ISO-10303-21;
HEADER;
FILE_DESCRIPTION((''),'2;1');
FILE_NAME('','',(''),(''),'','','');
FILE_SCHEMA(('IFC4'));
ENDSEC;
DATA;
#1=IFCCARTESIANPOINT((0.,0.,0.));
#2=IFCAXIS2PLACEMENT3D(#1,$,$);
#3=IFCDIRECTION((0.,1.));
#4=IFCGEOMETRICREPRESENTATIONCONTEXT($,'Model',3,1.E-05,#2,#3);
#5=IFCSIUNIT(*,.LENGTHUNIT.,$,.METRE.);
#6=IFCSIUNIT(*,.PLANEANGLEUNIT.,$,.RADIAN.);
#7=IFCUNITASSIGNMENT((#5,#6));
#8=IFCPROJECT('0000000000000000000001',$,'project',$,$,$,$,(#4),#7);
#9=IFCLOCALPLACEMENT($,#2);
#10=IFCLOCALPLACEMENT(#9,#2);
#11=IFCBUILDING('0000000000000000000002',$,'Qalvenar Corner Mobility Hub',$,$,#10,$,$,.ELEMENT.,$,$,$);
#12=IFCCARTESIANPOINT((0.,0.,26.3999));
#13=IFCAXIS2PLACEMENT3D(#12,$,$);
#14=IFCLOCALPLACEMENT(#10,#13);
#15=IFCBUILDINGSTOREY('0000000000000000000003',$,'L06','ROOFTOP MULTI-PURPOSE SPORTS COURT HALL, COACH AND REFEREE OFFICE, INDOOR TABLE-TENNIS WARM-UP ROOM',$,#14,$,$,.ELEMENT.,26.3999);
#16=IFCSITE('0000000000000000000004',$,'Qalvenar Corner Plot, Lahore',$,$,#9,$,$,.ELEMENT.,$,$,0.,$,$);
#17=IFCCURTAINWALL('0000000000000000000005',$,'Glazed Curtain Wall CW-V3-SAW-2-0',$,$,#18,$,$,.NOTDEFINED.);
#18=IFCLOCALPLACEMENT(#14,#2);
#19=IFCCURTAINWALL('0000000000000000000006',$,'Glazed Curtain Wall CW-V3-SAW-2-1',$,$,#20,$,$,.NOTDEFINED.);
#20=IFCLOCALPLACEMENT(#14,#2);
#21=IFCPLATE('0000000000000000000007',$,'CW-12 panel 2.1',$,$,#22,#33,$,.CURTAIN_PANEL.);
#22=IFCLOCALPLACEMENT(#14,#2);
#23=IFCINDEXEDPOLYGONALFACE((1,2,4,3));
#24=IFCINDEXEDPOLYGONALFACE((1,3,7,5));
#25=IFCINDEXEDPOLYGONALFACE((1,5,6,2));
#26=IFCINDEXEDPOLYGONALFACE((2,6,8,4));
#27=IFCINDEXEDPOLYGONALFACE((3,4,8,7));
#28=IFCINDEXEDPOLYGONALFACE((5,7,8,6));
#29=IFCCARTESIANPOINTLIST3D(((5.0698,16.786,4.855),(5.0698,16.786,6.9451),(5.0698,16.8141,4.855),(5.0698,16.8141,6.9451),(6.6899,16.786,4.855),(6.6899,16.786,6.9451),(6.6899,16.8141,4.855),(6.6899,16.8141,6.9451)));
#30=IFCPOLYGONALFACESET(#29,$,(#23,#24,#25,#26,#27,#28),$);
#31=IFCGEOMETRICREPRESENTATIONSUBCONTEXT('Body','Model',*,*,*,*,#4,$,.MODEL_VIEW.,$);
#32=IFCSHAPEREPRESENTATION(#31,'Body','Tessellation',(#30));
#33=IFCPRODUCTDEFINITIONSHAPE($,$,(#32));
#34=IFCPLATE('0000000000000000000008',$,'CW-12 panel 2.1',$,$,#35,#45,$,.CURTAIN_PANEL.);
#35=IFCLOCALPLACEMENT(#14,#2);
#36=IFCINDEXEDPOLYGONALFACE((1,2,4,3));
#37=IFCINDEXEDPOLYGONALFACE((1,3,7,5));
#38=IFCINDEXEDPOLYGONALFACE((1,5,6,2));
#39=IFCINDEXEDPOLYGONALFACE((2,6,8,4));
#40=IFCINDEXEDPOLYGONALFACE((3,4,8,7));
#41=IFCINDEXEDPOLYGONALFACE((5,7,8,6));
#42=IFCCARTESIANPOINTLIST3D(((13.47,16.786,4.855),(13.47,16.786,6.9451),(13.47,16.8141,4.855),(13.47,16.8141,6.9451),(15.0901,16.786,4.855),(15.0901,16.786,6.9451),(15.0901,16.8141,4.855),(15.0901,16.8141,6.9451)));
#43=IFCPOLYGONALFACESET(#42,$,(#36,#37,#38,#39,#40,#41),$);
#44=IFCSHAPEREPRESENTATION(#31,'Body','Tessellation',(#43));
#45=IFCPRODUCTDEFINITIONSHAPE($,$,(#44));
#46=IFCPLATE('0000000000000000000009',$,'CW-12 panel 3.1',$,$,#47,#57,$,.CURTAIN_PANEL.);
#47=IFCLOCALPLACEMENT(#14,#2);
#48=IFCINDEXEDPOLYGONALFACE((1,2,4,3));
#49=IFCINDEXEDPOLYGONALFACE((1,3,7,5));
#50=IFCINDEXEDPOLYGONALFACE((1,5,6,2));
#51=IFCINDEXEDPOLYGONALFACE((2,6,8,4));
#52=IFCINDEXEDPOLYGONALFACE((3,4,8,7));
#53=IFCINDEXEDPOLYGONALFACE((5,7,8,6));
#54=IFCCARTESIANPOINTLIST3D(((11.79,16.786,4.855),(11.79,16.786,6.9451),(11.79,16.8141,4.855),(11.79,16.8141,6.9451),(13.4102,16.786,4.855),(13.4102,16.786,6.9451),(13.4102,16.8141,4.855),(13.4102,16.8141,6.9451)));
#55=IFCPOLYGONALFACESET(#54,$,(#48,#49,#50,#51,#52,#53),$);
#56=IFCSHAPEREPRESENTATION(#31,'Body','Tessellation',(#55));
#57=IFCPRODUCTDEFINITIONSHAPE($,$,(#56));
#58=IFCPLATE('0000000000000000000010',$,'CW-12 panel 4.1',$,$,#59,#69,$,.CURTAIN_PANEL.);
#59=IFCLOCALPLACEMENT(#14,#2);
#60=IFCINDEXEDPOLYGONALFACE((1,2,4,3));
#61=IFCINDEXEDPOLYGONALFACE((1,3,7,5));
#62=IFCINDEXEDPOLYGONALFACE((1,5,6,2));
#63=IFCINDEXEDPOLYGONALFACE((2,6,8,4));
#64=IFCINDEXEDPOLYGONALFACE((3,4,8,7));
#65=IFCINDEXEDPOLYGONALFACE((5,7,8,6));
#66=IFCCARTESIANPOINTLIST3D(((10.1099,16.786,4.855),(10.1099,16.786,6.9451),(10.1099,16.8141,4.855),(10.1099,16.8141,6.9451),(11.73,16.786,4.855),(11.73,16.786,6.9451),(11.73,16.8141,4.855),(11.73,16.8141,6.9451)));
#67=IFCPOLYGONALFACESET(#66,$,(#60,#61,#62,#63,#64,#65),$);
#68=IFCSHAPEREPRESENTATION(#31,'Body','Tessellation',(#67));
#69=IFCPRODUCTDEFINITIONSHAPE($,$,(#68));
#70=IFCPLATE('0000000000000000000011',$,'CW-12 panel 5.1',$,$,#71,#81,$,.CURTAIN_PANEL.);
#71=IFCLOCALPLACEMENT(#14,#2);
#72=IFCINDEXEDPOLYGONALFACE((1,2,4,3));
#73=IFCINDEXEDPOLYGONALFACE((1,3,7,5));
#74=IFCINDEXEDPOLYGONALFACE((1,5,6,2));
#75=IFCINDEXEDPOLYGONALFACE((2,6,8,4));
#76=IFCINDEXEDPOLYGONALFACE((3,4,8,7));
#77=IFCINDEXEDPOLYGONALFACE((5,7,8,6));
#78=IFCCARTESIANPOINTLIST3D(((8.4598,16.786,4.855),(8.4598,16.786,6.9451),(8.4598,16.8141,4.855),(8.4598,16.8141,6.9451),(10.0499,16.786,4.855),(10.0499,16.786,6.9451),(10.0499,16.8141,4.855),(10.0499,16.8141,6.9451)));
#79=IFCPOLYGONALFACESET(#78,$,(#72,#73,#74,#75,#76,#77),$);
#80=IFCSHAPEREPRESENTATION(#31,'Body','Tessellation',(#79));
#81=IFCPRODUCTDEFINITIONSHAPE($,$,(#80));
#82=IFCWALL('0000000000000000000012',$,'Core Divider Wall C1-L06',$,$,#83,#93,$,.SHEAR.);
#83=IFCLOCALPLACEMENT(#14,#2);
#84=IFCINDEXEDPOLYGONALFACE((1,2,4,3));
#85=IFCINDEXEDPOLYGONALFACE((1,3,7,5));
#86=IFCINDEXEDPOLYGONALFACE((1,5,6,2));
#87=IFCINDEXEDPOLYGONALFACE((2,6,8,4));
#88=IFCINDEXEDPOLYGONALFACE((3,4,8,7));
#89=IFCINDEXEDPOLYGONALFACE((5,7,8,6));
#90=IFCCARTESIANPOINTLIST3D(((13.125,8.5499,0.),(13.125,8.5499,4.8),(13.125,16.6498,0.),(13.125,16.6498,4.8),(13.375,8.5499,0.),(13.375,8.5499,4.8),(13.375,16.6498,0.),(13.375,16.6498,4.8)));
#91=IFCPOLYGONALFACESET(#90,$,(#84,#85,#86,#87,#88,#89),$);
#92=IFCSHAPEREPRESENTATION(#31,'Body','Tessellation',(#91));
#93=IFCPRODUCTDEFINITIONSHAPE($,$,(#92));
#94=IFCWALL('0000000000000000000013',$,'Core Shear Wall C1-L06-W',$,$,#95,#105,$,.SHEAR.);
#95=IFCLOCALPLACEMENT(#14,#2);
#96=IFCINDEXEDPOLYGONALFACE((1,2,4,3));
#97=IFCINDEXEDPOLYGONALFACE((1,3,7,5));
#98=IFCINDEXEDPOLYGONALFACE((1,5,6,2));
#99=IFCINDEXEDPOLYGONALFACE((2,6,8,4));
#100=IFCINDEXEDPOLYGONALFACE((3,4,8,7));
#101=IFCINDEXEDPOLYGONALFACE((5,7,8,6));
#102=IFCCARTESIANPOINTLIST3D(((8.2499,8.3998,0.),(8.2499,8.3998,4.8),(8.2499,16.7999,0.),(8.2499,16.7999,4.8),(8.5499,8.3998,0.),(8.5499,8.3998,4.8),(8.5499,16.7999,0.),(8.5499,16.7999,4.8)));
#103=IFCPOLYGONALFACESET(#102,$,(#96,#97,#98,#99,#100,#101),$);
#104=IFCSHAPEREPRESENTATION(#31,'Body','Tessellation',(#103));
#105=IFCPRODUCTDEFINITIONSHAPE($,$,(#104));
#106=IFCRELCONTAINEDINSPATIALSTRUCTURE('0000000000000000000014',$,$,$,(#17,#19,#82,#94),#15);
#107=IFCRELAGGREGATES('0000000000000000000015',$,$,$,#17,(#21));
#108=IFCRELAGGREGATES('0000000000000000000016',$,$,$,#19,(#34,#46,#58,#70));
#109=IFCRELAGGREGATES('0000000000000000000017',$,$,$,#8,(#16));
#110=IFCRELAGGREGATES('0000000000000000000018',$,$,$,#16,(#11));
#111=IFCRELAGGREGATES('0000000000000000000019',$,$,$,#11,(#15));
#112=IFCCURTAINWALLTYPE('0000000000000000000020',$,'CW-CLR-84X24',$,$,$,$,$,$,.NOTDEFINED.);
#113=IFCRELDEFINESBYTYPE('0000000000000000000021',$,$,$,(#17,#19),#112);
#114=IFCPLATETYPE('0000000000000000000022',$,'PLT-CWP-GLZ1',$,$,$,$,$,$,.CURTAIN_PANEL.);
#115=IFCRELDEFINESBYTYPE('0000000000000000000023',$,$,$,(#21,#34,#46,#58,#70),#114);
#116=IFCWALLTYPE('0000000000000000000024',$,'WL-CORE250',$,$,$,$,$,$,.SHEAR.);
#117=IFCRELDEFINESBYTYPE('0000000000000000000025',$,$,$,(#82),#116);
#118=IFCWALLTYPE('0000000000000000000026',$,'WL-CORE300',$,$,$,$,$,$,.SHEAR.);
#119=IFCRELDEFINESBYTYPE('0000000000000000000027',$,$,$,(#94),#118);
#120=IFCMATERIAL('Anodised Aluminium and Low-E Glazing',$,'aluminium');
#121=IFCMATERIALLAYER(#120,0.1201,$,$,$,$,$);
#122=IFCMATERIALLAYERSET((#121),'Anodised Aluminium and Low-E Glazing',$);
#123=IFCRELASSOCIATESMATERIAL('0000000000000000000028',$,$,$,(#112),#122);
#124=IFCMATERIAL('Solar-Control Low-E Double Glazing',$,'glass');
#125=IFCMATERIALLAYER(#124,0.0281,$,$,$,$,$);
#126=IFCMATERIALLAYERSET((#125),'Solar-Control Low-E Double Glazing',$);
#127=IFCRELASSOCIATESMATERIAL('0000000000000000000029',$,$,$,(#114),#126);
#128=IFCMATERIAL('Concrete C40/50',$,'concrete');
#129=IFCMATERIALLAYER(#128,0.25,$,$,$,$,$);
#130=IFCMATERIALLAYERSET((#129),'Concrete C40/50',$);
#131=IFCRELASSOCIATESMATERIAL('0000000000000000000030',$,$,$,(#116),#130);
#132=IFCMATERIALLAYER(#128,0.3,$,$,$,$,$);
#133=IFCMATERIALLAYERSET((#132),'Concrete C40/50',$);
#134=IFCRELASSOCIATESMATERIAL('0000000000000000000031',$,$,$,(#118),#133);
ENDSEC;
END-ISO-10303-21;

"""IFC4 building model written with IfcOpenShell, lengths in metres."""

from ifc_helpers import new_model, si_unit, direction, frame, frame_2d, origin, origin_2d, place, context, subcontext, project, spatial, rectangle, extrude, material, layer, layer_set, type_object, element, aggregate, save


model = new_model("IFC4")

# Units and contexts
model_context = context("Model", 3, precision=1e-05, world=origin(), true_north=direction((0.0, 1.0)))
body_context = subcontext(model_context, "Body", "Model", "MODEL_VIEW")
ifc_project = project(units=[si_unit("LENGTHUNIT", "METRE"), si_unit("PLANEANGLEUNIT", "RADIAN")], contexts=[model_context])

# Site, building, storey
site_placement = place(None, origin())
site = spatial("IfcSite", under=ifc_project, at=site_placement, Name="Qalvenar Corner Plot, Lahore", CompositionType="ELEMENT", RefElevation=0.0)
building_placement = place(site_placement, origin())
building = spatial("IfcBuilding", under=site, at=building_placement, Name="Qalvenar Corner Mobility Hub", CompositionType="ELEMENT")
storey_placement = place(building_placement, frame((0.0, 0.0, 26.3999)))
storey = spatial("IfcBuildingStorey", under=building, at=storey_placement, Name="L06", Description="ROOFTOP MULTI-PURPOSE SPORTS COURT HALL, COACH AND REFEREE OFFICE, INDOOR TABLE-TENNIS WARM-UP ROOM", CompositionType="ELEMENT", Elevation=26.3999)

# Curtain walls
ifc_material_1 = material(Name="Anodised Aluminium and Low-E Glazing", Category="aluminium")
ifc_layer_1 = layer(ifc_material_1, 0.1201)
ifc_layer_set_1 = layer_set([ifc_layer_1], Name="Anodised Aluminium and Low-E Glazing")
curtain_wall_type = type_object("IfcCurtainWallType", Name="CW-CLR-84X24", PredefinedType="NOTDEFINED", material=ifc_layer_set_1)
curtain_wall_1_placement = place(storey_placement, origin())
curtain_wall_1 = element("IfcCurtainWall", 1, at=curtain_wall_1_placement, inside=storey, type_object=curtain_wall_type, Name="Glazed Curtain Wall CW-V3-SAW-2-0", PredefinedType="NOTDEFINED")
curtain_wall_2_placement = place(storey_placement, origin())
curtain_wall_2 = element("IfcCurtainWall", 2, at=curtain_wall_2_placement, inside=storey, type_object=curtain_wall_type, Name="Glazed Curtain Wall CW-V3-SAW-2-1", PredefinedType="NOTDEFINED")

# Plates
ifc_material_2 = material(Name="Solar-Control Low-E Double Glazing", Category="glass")
ifc_layer_2 = layer(ifc_material_2, 0.0281)
ifc_layer_set_2 = layer_set([ifc_layer_2], Name="Solar-Control Low-E Double Glazing")
plate_type = type_object("IfcPlateType", Name="PLT-CWP-GLZ1", PredefinedType="CURTAIN_PANEL", material=ifc_layer_set_2)
plate_1_placement = place(storey_placement, frame((5.8799, 16.8, 4.855), z_axis=(0.0, 0.0, 1.0), x_axis=(-1.0, 0.0, 0.0)))
plate_1 = element("IfcPlate", 3, at=plate_1_placement, type_object=plate_type, Name="CW-12 panel 2.1", PredefinedType="CURTAIN_PANEL", context=body_context, shape_type="SweptSolid", body=[
    extrude(rectangle(XDim=1.6201, YDim=0.0281, at=origin_2d()), origin(), (0.0, 0.0, 1.0), 2.0901),
])
aggregate(curtain_wall_1, [plate_1])
plate_2_placement = place(storey_placement, frame((14.28, 16.8, 4.855), z_axis=(0.0, 0.0, 1.0), x_axis=(-1.0, 0.0, 0.0)))
plate_2 = element("IfcPlate", 4, at=plate_2_placement, type_object=plate_type, Name="CW-12 panel 2.1", PredefinedType="CURTAIN_PANEL", context=body_context, shape_type="SweptSolid", body=[
    extrude(rectangle(XDim=1.6201, YDim=0.0281, at=origin_2d()), origin(), (0.0, 0.0, 1.0), 2.0901),
])
plate_3_placement = place(storey_placement, frame((12.6001, 16.8, 4.855), z_axis=(0.0, 0.0, 1.0), x_axis=(-1.0, 0.0, 0.0)))
plate_3 = element("IfcPlate", 5, at=plate_3_placement, type_object=plate_type, Name="CW-12 panel 3.1", PredefinedType="CURTAIN_PANEL", context=body_context, shape_type="SweptSolid", body=[
    extrude(rectangle(XDim=1.6201, YDim=0.0281, at=origin_2d()), origin(), (0.0, 0.0, 1.0), 2.0901),
])
plate_4_placement = place(storey_placement, frame((10.9199, 16.8, 4.855), z_axis=(0.0, 0.0, 1.0), x_axis=(-1.0, 0.0, 0.0)))
plate_4 = element("IfcPlate", 6, at=plate_4_placement, type_object=plate_type, Name="CW-12 panel 4.1", PredefinedType="CURTAIN_PANEL", context=body_context, shape_type="SweptSolid", body=[
    extrude(rectangle(XDim=1.6201, YDim=0.0281, at=origin_2d()), origin(), (0.0, 0.0, 1.0), 2.0901),
])
plate_5_placement = place(storey_placement, frame((9.2549, 16.8, 4.855), z_axis=(0.0, 0.0, 1.0), x_axis=(-1.0, 0.0, 0.0)))
plate_5 = element("IfcPlate", 7, at=plate_5_placement, type_object=plate_type, Name="CW-12 panel 5.1", PredefinedType="CURTAIN_PANEL", context=body_context, shape_type="SweptSolid", body=[
    extrude(rectangle(XDim=1.5901, YDim=0.0281, at=origin_2d()), origin(), (0.0, 0.0, 1.0), 2.0901),
])
aggregate(curtain_wall_2, [plate_2, plate_3, plate_4, plate_5])

# Walls
ifc_material_3 = material(Name="Concrete C40/50", Category="concrete")
ifc_layer_3 = layer(ifc_material_3, 0.25)
ifc_layer_set_3 = layer_set([ifc_layer_3], Name="Concrete C40/50")
wall_type_1 = type_object("IfcWallType", Name="WL-CORE250", PredefinedType="SHEAR", material=ifc_layer_set_3)
wall_1_placement = place(storey_placement, frame((13.25, 8.55, 0.0), z_axis=(0.0, 0.0, 1.0), x_axis=(0.0, 1.0, 0.0)))
element("IfcWall", 8, at=wall_1_placement, inside=storey, type_object=wall_type_1, Name="Core Divider Wall C1-L06", PredefinedType="SHEAR", context=body_context, shape_type="SweptSolid", body=[
    extrude(rectangle(XDim=8.0999, YDim=0.25, at=frame_2d((4.0498, 0.0))), origin(), (0.0, 0.0, 1.0), 4.8),
])
ifc_layer_4 = layer(ifc_material_3, 0.3)
ifc_layer_set_4 = layer_set([ifc_layer_4], Name="Concrete C40/50")
wall_type_2 = type_object("IfcWallType", Name="WL-CORE300", PredefinedType="SHEAR", material=ifc_layer_set_4)
wall_2_placement = place(storey_placement, frame((8.3999, 16.8, 0.0), z_axis=(0.0, 0.0, 1.0), x_axis=(0.0, -1.0, 0.0)))
element("IfcWall", 9, at=wall_2_placement, inside=storey, type_object=wall_type_2, Name="Core Shear Wall C1-L06-W", PredefinedType="SHEAR", context=body_context, shape_type="SweptSolid", body=[
    extrude(rectangle(XDim=8.4001, YDim=0.3, at=frame_2d((4.2002, 0.0))), origin(), (0.0, 0.0, 1.0), 4.8),
])

save(model, "model.ifc")
